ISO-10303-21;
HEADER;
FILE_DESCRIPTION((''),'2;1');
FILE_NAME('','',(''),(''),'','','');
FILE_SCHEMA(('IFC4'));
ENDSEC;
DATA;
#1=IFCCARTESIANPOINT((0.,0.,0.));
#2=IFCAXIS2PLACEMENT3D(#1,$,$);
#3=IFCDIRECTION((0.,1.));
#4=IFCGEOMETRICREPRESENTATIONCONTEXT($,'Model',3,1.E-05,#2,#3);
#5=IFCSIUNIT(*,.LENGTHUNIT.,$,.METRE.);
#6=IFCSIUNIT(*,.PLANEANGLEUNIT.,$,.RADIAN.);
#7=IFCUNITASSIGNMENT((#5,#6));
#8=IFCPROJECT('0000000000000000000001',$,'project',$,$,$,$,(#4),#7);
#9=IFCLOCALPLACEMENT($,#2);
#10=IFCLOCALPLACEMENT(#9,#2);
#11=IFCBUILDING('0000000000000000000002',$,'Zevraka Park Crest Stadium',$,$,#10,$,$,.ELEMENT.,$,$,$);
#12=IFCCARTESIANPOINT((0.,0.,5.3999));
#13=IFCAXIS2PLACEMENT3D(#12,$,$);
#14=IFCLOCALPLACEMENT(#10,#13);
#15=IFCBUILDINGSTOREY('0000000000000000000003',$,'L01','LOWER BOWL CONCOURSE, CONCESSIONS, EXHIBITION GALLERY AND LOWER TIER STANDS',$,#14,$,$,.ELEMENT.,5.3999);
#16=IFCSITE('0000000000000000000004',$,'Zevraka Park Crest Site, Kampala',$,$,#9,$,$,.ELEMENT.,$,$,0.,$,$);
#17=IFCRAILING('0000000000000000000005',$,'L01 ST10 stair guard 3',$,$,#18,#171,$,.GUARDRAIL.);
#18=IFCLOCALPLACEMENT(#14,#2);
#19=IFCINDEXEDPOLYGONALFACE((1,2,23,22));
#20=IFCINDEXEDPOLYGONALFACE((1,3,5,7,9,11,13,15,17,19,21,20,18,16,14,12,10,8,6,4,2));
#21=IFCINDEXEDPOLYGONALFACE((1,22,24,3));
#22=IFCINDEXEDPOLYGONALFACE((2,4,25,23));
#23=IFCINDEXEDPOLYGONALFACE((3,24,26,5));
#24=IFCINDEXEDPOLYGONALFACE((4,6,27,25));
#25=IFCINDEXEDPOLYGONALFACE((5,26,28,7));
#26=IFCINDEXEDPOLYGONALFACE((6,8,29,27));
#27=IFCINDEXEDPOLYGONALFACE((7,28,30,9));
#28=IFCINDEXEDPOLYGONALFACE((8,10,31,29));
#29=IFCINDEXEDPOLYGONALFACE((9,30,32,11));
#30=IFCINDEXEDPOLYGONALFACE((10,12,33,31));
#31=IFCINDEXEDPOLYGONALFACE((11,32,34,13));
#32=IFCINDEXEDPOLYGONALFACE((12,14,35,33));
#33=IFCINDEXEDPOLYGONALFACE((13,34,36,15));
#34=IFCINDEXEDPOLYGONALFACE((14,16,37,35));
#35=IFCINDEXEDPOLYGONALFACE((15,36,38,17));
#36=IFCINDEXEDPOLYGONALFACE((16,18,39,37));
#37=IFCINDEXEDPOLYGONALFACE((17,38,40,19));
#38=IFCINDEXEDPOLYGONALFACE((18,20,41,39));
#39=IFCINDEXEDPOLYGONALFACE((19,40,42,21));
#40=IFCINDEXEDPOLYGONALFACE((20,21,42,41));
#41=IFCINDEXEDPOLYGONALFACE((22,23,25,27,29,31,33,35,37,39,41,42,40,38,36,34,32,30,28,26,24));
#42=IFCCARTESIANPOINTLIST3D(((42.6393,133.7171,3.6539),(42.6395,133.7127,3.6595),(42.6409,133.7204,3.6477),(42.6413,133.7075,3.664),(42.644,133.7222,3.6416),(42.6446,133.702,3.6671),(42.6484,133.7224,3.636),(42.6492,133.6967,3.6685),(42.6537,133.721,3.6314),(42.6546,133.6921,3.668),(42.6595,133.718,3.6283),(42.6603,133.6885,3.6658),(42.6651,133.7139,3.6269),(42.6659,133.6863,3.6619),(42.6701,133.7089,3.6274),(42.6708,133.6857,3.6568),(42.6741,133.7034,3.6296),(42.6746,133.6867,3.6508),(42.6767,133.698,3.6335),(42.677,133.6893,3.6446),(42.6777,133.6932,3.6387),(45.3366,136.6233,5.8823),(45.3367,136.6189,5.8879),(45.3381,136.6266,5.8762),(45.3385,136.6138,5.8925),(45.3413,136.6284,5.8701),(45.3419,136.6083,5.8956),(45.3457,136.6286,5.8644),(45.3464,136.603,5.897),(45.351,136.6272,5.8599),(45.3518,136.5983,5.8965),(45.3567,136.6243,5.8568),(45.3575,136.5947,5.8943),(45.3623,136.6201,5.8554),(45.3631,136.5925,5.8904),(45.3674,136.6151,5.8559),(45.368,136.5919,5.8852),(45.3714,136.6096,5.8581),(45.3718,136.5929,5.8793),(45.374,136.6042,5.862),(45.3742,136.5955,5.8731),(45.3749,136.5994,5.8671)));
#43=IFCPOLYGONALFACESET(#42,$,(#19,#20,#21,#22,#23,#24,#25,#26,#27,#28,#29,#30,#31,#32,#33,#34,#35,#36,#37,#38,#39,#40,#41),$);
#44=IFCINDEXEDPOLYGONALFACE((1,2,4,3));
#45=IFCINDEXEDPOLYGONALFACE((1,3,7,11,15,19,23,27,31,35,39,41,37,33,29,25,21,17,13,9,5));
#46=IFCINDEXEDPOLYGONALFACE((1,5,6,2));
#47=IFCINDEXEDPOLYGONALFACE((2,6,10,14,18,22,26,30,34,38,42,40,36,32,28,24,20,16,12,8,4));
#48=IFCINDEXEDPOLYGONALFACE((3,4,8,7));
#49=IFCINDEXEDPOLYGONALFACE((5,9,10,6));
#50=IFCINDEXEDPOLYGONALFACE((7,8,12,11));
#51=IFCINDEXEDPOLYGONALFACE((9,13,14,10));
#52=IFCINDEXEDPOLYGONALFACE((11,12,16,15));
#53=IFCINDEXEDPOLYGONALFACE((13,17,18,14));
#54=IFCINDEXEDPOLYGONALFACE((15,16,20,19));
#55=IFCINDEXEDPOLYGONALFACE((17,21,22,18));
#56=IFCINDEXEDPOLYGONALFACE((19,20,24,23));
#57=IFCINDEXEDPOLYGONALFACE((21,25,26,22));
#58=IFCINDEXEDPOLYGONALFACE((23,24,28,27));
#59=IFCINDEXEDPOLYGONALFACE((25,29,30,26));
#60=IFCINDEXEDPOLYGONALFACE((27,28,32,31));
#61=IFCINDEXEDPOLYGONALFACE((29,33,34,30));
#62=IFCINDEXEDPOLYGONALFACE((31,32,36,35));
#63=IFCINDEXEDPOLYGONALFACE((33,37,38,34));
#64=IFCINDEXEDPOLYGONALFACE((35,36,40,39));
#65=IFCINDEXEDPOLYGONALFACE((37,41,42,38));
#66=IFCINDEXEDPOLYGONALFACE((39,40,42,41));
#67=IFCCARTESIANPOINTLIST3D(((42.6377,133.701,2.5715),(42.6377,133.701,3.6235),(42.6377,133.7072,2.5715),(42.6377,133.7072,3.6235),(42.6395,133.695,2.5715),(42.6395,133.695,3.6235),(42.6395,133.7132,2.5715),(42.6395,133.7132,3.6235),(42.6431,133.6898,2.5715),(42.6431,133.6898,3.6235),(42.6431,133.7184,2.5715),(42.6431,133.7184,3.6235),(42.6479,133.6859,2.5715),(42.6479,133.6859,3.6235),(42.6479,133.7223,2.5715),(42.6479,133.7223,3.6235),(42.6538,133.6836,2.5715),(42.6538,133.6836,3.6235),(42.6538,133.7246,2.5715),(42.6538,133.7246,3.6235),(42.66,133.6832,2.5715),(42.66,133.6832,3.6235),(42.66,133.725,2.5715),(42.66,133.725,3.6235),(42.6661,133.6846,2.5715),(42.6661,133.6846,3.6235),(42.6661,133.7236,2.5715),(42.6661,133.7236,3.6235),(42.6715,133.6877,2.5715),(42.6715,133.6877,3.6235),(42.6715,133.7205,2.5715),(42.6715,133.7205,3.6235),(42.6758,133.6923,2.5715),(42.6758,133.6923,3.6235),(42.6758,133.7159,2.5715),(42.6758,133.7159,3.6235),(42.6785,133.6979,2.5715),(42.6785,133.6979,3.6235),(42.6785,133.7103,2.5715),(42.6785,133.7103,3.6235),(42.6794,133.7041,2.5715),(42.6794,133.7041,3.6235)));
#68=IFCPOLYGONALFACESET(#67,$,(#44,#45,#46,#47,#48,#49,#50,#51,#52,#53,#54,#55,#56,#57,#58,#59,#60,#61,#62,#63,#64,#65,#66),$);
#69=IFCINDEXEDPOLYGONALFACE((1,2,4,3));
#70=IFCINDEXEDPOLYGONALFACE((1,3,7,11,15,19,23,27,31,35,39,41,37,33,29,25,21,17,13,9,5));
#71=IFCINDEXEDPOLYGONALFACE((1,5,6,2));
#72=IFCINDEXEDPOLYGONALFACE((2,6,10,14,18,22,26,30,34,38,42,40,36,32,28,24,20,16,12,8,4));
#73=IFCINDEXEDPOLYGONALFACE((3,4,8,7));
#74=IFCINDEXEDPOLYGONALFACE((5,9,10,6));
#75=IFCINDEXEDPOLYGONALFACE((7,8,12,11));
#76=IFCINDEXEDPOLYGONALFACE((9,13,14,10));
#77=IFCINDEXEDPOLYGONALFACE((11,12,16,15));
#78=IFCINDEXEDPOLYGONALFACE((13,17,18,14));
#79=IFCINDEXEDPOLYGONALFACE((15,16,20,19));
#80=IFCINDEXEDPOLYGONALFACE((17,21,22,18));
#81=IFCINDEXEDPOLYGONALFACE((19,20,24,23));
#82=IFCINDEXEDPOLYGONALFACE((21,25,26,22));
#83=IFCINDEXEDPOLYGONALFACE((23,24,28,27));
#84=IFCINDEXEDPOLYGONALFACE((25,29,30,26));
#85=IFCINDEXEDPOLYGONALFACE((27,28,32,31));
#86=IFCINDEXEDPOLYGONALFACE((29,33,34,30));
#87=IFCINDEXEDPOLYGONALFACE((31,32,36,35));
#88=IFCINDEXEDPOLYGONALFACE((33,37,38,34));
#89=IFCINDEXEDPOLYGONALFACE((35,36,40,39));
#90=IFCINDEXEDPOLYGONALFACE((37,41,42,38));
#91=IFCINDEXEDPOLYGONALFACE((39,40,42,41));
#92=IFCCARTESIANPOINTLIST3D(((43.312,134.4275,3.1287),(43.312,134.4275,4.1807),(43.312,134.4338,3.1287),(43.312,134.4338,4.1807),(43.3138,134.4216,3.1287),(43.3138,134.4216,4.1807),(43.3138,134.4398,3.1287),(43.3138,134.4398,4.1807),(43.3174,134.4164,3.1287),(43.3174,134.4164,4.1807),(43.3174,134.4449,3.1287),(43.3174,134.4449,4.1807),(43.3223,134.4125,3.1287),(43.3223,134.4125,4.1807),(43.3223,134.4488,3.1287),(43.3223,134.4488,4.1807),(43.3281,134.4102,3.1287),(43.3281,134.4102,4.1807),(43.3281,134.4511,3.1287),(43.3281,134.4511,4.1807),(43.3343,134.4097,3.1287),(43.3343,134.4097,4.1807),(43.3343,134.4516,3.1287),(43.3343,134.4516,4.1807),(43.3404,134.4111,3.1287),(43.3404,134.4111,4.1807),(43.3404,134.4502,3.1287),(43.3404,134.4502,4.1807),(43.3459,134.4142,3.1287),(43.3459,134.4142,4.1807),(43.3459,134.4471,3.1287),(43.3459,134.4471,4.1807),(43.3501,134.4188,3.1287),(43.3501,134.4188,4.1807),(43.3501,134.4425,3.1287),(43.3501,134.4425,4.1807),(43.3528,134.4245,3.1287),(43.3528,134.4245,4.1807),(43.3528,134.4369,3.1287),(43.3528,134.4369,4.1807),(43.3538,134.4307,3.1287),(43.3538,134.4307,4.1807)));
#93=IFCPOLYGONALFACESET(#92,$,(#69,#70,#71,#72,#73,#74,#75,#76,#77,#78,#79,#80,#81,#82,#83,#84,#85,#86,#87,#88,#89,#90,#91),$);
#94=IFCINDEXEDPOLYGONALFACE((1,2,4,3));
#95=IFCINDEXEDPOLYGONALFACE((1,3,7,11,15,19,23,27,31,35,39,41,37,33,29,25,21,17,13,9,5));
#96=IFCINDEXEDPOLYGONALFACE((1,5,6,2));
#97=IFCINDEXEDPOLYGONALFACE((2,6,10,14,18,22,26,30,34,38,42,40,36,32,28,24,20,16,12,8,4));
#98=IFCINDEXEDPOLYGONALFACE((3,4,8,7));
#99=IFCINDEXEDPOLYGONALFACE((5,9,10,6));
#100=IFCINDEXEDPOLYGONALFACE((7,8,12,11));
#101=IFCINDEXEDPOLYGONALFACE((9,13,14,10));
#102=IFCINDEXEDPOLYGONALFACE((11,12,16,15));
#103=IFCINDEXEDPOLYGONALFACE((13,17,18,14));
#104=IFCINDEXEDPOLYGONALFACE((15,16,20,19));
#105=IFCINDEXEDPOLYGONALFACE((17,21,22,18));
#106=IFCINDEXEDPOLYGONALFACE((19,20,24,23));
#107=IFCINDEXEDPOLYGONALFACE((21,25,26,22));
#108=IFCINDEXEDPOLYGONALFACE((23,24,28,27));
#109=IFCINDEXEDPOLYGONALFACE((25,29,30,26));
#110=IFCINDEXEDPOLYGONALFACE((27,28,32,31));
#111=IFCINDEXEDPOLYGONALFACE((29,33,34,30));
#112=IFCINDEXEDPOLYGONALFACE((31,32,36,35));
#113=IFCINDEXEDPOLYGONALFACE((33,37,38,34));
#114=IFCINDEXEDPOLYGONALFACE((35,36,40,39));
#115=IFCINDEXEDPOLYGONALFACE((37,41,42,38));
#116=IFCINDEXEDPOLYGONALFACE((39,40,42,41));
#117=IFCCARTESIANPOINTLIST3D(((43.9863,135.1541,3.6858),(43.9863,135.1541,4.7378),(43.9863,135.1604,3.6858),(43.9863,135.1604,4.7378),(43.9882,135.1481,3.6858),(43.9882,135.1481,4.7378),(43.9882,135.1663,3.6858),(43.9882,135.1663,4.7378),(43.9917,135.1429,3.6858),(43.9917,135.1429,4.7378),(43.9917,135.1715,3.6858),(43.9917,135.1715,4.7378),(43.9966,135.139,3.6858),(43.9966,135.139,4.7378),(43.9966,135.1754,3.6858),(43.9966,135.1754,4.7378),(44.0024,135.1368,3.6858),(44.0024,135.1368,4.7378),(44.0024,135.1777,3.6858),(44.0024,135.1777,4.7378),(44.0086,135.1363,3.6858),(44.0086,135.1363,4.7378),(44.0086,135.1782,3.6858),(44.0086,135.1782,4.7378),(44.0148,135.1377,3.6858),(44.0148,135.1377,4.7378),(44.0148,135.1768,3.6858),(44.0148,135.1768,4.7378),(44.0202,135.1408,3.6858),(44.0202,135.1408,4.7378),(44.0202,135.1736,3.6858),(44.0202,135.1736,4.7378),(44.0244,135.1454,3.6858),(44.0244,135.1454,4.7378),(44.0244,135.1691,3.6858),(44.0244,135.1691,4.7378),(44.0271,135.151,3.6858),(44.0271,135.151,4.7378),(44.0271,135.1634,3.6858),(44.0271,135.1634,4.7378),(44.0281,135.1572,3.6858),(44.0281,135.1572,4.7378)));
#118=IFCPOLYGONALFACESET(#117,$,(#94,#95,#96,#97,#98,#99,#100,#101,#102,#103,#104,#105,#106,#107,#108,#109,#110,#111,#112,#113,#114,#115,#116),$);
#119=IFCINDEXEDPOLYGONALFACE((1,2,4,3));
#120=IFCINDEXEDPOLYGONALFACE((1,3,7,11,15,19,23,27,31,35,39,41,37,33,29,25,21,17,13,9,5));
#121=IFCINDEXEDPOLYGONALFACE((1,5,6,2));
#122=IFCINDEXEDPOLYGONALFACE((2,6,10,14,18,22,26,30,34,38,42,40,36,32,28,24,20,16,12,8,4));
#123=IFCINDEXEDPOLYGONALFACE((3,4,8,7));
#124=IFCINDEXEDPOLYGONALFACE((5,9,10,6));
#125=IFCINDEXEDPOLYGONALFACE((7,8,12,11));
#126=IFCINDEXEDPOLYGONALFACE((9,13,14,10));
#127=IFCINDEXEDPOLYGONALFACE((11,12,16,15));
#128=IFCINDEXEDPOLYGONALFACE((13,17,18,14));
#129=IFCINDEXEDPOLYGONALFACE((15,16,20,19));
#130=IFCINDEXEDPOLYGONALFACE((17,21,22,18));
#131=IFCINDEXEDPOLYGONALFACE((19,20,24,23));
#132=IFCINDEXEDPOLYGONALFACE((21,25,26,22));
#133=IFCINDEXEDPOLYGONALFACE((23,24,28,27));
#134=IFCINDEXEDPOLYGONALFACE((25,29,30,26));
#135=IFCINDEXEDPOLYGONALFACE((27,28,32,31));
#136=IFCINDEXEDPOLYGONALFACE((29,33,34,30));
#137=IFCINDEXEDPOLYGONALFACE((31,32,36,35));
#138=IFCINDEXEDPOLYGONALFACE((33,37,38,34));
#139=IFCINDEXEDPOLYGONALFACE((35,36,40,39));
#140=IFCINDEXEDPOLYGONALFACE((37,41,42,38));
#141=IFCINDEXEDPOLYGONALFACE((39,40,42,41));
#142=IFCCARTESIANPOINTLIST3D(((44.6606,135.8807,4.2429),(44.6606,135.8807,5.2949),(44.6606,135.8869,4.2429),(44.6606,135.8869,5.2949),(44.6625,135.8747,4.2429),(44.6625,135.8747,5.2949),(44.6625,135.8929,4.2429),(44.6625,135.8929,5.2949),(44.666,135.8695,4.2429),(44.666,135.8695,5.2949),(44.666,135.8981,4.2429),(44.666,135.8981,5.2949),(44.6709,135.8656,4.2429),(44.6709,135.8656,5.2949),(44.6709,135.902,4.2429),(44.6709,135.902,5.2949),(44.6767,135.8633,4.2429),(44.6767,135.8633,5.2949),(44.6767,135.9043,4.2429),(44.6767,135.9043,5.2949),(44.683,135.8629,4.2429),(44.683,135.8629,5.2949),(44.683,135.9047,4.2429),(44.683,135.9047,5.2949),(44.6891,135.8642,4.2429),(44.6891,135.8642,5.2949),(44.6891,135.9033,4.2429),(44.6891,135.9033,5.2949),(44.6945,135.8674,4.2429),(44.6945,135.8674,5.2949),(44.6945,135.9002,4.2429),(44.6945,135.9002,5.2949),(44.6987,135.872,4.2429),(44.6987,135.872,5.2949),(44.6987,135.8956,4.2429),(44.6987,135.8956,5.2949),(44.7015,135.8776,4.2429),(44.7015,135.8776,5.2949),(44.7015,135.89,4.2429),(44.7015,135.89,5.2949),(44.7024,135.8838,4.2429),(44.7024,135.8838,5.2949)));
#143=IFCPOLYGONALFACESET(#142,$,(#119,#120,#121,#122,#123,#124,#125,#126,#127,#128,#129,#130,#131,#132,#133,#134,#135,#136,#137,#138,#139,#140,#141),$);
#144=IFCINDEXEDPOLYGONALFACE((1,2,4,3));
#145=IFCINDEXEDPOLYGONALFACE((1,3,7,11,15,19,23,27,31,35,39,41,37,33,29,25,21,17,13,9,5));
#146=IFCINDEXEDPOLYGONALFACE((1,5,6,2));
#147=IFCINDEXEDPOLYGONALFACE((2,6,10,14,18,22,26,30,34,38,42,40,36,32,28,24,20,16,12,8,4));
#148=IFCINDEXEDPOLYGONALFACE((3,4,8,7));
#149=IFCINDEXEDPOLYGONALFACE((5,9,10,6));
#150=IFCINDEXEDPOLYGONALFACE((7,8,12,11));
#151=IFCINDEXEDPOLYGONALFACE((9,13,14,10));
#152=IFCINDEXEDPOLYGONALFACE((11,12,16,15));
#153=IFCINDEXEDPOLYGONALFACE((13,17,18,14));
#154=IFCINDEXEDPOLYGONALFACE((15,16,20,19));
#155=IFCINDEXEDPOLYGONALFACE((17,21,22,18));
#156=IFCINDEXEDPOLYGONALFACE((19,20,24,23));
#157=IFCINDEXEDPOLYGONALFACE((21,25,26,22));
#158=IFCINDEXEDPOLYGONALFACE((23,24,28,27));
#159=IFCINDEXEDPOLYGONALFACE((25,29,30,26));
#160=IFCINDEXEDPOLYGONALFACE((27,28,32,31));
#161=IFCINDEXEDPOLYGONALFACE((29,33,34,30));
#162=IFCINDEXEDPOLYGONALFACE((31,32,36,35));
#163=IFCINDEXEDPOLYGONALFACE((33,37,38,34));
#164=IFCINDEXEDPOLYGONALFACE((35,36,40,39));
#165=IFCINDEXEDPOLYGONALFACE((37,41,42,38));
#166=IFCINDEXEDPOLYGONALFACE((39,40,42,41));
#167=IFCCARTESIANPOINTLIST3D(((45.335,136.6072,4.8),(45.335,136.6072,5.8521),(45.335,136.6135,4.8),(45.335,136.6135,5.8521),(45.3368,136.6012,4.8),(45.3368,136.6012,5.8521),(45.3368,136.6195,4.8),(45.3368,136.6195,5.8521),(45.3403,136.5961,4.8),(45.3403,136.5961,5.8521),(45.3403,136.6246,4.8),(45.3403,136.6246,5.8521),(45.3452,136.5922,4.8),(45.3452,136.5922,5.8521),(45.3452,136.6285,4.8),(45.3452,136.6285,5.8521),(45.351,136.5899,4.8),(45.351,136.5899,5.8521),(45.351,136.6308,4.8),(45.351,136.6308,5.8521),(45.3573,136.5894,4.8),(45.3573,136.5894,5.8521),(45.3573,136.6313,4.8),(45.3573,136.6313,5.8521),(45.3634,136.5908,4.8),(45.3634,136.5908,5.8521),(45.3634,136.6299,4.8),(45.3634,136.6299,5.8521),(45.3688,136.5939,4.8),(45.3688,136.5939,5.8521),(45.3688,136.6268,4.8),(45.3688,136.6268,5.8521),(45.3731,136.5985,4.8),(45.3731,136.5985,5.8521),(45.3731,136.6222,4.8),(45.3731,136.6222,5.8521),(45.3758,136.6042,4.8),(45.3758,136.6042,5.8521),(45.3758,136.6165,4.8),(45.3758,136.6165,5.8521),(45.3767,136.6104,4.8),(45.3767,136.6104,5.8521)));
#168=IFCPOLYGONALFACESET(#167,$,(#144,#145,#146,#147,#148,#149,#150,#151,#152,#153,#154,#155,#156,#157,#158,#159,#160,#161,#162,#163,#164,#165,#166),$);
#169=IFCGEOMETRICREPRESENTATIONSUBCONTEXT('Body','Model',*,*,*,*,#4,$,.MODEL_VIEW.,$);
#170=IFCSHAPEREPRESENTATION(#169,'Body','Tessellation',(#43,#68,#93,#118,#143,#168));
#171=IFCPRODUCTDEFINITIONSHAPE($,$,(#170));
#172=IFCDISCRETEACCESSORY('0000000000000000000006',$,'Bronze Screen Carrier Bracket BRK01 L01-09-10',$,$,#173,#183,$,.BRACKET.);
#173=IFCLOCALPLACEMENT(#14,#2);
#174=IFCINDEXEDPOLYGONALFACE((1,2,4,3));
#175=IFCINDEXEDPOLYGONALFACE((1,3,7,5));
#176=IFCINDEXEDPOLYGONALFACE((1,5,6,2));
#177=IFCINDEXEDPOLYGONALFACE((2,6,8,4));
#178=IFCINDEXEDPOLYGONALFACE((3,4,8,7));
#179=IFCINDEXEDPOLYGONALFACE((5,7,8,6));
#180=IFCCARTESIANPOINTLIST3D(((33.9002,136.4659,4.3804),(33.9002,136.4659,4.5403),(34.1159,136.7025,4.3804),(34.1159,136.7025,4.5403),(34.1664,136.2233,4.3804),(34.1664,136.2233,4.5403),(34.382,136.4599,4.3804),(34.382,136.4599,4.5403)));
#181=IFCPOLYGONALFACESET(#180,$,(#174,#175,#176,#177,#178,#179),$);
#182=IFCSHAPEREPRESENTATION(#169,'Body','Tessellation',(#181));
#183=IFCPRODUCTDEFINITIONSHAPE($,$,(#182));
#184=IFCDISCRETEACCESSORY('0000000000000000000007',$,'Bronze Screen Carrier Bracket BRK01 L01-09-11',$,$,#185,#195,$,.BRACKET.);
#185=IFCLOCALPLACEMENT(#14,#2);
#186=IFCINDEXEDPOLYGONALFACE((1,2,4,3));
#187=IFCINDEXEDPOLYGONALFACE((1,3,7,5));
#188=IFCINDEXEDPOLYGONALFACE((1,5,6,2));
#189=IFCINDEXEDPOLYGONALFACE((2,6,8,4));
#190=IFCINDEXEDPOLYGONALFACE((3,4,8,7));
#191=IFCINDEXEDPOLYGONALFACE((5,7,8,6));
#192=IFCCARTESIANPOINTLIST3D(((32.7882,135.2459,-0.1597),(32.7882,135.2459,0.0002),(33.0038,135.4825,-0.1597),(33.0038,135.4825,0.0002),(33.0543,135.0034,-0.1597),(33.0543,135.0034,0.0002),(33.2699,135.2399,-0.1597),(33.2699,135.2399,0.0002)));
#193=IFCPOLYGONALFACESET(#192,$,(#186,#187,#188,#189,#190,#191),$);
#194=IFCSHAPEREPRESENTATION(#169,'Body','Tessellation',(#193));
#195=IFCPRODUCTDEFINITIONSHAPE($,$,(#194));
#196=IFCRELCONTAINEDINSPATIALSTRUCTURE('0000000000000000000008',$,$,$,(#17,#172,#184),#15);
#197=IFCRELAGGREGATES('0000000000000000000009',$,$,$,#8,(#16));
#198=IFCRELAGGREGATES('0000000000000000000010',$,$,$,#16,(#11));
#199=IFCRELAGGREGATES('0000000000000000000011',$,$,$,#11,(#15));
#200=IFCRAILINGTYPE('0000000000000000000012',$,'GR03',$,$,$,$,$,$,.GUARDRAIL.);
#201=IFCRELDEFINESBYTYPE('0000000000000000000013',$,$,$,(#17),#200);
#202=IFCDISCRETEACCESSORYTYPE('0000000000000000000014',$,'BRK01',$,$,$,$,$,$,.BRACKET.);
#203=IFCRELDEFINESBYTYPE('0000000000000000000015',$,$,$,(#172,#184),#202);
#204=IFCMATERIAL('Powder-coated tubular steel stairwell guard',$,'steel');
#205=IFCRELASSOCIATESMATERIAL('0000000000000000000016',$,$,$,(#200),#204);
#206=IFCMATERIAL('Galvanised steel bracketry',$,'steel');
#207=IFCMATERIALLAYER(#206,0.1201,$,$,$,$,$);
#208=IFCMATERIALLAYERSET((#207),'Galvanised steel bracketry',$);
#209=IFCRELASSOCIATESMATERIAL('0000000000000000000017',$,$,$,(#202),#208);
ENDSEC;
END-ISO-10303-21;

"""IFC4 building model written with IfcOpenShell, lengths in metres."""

from ifc_helpers import new_model, si_unit, direction, frame, origin, origin_2d, place, context, subcontext, project, spatial, rectangle, circle, extrude, material, layer, layer_set, type_object, element, save


model = new_model("IFC4")

# Units and contexts
model_context = context("Model", 3, precision=1e-05, world=origin(), true_north=direction((0.0, 1.0)))
body_context = subcontext(model_context, "Body", "Model", "MODEL_VIEW")
ifc_project = project(units=[si_unit("LENGTHUNIT", "METRE"), si_unit("PLANEANGLEUNIT", "RADIAN")], contexts=[model_context])

# Site, building, storey
site_placement = place(None, origin())
site = spatial("IfcSite", under=ifc_project, at=site_placement, Name="Zevraka Park Crest Site, Kampala", CompositionType="ELEMENT", RefElevation=0.0)
building_placement = place(site_placement, origin())
building = spatial("IfcBuilding", under=site, at=building_placement, Name="Zevraka Park Crest Stadium", CompositionType="ELEMENT")
storey_placement = place(building_placement, frame((0.0, 0.0, 5.3999)))
storey = spatial("IfcBuildingStorey", under=building, at=storey_placement, Name="L01", Description="LOWER BOWL CONCOURSE, CONCESSIONS, EXHIBITION GALLERY AND LOWER TIER STANDS", CompositionType="ELEMENT", Elevation=5.3999)

# Railing
ifc_material_1 = material(Name="Powder-coated tubular steel stairwell guard", Category="steel")
railing_type = type_object("IfcRailingType", Name="GR03", PredefinedType="GUARDRAIL", material=ifc_material_1)
railing_1_placement = place(storey_placement, frame((42.6584, 133.7041, 2.5715)))
element("IfcRailing", 1, at=railing_1_placement, inside=storey, type_object=railing_type, Name="L01 ST10 stair guard 3", PredefinedType="GUARDRAIL", context=body_context, shape_type="SweptSolid", body=[
    extrude(circle(Radius=0.0239, at=origin_2d()), frame((0.0, 0.0, 1.0762), z_axis=(0.593016, 0.638963, 0.489957), x_axis=(-0.732969, 0.680262, 0.0)), (0.0, 0.0, 1.0), 4.5483),
    extrude(circle(Radius=0.021, at=origin_2d()), origin(), (0.0, 0.0, 1.0), 1.052),
    extrude(circle(Radius=0.021, at=origin_2d()), frame((0.6743, 0.7266, 0.5571)), (0.0, 0.0, 1.0), 1.052),
    extrude(circle(Radius=0.021, at=origin_2d()), frame((1.3486, 1.4531, 1.1143)), (0.0, 0.0, 1.0), 1.052),
    extrude(circle(Radius=0.021, at=origin_2d()), frame((2.0229, 2.1797, 1.6714)), (0.0, 0.0, 1.0), 1.052),
    extrude(circle(Radius=0.021, at=origin_2d()), frame((2.6973, 2.9062, 2.2285)), (0.0, 0.0, 1.0), 1.052),
])

# Discrete accessories
ifc_material_2 = material(Name="Galvanised steel bracketry", Category="steel")
ifc_layer_1 = layer(ifc_material_2, 0.1201)
ifc_layer_set_1 = layer_set([ifc_layer_1], Name="Galvanised steel bracketry")
discrete_accessory_type = type_object("IfcDiscreteAccessoryType", Name="BRK01", PredefinedType="BRACKET", material=ifc_layer_set_1)
for number, where, z_axis, x_axis, name in (
    (2, (34.1411, 136.4629, 4.3804), (0.0, 0.0, 1.0), (-0.673658, -0.739043, 0.0), "Bronze Screen Carrier Bracket BRK01 L01-09-10"),
    (3, (33.0291, 135.2429, -0.1597), (0.0, 0.0, 1.0), (-0.673658, -0.739043, 0.0), "Bronze Screen Carrier Bracket BRK01 L01-09-11"),
):
    element("IfcDiscreteAccessory", number, at=place(storey_placement, frame(where, z_axis=z_axis, x_axis=x_axis)), inside=storey, type_object=discrete_accessory_type, Name=name, PredefinedType="BRACKET", context=body_context, shape_type="SweptSolid", body=[
        extrude(rectangle(XDim=0.3201, YDim=0.3601, at=origin_2d()), origin(), (0.0, 0.0, 1.0), 0.1599),
    ])

save(model, "model.ifc")
